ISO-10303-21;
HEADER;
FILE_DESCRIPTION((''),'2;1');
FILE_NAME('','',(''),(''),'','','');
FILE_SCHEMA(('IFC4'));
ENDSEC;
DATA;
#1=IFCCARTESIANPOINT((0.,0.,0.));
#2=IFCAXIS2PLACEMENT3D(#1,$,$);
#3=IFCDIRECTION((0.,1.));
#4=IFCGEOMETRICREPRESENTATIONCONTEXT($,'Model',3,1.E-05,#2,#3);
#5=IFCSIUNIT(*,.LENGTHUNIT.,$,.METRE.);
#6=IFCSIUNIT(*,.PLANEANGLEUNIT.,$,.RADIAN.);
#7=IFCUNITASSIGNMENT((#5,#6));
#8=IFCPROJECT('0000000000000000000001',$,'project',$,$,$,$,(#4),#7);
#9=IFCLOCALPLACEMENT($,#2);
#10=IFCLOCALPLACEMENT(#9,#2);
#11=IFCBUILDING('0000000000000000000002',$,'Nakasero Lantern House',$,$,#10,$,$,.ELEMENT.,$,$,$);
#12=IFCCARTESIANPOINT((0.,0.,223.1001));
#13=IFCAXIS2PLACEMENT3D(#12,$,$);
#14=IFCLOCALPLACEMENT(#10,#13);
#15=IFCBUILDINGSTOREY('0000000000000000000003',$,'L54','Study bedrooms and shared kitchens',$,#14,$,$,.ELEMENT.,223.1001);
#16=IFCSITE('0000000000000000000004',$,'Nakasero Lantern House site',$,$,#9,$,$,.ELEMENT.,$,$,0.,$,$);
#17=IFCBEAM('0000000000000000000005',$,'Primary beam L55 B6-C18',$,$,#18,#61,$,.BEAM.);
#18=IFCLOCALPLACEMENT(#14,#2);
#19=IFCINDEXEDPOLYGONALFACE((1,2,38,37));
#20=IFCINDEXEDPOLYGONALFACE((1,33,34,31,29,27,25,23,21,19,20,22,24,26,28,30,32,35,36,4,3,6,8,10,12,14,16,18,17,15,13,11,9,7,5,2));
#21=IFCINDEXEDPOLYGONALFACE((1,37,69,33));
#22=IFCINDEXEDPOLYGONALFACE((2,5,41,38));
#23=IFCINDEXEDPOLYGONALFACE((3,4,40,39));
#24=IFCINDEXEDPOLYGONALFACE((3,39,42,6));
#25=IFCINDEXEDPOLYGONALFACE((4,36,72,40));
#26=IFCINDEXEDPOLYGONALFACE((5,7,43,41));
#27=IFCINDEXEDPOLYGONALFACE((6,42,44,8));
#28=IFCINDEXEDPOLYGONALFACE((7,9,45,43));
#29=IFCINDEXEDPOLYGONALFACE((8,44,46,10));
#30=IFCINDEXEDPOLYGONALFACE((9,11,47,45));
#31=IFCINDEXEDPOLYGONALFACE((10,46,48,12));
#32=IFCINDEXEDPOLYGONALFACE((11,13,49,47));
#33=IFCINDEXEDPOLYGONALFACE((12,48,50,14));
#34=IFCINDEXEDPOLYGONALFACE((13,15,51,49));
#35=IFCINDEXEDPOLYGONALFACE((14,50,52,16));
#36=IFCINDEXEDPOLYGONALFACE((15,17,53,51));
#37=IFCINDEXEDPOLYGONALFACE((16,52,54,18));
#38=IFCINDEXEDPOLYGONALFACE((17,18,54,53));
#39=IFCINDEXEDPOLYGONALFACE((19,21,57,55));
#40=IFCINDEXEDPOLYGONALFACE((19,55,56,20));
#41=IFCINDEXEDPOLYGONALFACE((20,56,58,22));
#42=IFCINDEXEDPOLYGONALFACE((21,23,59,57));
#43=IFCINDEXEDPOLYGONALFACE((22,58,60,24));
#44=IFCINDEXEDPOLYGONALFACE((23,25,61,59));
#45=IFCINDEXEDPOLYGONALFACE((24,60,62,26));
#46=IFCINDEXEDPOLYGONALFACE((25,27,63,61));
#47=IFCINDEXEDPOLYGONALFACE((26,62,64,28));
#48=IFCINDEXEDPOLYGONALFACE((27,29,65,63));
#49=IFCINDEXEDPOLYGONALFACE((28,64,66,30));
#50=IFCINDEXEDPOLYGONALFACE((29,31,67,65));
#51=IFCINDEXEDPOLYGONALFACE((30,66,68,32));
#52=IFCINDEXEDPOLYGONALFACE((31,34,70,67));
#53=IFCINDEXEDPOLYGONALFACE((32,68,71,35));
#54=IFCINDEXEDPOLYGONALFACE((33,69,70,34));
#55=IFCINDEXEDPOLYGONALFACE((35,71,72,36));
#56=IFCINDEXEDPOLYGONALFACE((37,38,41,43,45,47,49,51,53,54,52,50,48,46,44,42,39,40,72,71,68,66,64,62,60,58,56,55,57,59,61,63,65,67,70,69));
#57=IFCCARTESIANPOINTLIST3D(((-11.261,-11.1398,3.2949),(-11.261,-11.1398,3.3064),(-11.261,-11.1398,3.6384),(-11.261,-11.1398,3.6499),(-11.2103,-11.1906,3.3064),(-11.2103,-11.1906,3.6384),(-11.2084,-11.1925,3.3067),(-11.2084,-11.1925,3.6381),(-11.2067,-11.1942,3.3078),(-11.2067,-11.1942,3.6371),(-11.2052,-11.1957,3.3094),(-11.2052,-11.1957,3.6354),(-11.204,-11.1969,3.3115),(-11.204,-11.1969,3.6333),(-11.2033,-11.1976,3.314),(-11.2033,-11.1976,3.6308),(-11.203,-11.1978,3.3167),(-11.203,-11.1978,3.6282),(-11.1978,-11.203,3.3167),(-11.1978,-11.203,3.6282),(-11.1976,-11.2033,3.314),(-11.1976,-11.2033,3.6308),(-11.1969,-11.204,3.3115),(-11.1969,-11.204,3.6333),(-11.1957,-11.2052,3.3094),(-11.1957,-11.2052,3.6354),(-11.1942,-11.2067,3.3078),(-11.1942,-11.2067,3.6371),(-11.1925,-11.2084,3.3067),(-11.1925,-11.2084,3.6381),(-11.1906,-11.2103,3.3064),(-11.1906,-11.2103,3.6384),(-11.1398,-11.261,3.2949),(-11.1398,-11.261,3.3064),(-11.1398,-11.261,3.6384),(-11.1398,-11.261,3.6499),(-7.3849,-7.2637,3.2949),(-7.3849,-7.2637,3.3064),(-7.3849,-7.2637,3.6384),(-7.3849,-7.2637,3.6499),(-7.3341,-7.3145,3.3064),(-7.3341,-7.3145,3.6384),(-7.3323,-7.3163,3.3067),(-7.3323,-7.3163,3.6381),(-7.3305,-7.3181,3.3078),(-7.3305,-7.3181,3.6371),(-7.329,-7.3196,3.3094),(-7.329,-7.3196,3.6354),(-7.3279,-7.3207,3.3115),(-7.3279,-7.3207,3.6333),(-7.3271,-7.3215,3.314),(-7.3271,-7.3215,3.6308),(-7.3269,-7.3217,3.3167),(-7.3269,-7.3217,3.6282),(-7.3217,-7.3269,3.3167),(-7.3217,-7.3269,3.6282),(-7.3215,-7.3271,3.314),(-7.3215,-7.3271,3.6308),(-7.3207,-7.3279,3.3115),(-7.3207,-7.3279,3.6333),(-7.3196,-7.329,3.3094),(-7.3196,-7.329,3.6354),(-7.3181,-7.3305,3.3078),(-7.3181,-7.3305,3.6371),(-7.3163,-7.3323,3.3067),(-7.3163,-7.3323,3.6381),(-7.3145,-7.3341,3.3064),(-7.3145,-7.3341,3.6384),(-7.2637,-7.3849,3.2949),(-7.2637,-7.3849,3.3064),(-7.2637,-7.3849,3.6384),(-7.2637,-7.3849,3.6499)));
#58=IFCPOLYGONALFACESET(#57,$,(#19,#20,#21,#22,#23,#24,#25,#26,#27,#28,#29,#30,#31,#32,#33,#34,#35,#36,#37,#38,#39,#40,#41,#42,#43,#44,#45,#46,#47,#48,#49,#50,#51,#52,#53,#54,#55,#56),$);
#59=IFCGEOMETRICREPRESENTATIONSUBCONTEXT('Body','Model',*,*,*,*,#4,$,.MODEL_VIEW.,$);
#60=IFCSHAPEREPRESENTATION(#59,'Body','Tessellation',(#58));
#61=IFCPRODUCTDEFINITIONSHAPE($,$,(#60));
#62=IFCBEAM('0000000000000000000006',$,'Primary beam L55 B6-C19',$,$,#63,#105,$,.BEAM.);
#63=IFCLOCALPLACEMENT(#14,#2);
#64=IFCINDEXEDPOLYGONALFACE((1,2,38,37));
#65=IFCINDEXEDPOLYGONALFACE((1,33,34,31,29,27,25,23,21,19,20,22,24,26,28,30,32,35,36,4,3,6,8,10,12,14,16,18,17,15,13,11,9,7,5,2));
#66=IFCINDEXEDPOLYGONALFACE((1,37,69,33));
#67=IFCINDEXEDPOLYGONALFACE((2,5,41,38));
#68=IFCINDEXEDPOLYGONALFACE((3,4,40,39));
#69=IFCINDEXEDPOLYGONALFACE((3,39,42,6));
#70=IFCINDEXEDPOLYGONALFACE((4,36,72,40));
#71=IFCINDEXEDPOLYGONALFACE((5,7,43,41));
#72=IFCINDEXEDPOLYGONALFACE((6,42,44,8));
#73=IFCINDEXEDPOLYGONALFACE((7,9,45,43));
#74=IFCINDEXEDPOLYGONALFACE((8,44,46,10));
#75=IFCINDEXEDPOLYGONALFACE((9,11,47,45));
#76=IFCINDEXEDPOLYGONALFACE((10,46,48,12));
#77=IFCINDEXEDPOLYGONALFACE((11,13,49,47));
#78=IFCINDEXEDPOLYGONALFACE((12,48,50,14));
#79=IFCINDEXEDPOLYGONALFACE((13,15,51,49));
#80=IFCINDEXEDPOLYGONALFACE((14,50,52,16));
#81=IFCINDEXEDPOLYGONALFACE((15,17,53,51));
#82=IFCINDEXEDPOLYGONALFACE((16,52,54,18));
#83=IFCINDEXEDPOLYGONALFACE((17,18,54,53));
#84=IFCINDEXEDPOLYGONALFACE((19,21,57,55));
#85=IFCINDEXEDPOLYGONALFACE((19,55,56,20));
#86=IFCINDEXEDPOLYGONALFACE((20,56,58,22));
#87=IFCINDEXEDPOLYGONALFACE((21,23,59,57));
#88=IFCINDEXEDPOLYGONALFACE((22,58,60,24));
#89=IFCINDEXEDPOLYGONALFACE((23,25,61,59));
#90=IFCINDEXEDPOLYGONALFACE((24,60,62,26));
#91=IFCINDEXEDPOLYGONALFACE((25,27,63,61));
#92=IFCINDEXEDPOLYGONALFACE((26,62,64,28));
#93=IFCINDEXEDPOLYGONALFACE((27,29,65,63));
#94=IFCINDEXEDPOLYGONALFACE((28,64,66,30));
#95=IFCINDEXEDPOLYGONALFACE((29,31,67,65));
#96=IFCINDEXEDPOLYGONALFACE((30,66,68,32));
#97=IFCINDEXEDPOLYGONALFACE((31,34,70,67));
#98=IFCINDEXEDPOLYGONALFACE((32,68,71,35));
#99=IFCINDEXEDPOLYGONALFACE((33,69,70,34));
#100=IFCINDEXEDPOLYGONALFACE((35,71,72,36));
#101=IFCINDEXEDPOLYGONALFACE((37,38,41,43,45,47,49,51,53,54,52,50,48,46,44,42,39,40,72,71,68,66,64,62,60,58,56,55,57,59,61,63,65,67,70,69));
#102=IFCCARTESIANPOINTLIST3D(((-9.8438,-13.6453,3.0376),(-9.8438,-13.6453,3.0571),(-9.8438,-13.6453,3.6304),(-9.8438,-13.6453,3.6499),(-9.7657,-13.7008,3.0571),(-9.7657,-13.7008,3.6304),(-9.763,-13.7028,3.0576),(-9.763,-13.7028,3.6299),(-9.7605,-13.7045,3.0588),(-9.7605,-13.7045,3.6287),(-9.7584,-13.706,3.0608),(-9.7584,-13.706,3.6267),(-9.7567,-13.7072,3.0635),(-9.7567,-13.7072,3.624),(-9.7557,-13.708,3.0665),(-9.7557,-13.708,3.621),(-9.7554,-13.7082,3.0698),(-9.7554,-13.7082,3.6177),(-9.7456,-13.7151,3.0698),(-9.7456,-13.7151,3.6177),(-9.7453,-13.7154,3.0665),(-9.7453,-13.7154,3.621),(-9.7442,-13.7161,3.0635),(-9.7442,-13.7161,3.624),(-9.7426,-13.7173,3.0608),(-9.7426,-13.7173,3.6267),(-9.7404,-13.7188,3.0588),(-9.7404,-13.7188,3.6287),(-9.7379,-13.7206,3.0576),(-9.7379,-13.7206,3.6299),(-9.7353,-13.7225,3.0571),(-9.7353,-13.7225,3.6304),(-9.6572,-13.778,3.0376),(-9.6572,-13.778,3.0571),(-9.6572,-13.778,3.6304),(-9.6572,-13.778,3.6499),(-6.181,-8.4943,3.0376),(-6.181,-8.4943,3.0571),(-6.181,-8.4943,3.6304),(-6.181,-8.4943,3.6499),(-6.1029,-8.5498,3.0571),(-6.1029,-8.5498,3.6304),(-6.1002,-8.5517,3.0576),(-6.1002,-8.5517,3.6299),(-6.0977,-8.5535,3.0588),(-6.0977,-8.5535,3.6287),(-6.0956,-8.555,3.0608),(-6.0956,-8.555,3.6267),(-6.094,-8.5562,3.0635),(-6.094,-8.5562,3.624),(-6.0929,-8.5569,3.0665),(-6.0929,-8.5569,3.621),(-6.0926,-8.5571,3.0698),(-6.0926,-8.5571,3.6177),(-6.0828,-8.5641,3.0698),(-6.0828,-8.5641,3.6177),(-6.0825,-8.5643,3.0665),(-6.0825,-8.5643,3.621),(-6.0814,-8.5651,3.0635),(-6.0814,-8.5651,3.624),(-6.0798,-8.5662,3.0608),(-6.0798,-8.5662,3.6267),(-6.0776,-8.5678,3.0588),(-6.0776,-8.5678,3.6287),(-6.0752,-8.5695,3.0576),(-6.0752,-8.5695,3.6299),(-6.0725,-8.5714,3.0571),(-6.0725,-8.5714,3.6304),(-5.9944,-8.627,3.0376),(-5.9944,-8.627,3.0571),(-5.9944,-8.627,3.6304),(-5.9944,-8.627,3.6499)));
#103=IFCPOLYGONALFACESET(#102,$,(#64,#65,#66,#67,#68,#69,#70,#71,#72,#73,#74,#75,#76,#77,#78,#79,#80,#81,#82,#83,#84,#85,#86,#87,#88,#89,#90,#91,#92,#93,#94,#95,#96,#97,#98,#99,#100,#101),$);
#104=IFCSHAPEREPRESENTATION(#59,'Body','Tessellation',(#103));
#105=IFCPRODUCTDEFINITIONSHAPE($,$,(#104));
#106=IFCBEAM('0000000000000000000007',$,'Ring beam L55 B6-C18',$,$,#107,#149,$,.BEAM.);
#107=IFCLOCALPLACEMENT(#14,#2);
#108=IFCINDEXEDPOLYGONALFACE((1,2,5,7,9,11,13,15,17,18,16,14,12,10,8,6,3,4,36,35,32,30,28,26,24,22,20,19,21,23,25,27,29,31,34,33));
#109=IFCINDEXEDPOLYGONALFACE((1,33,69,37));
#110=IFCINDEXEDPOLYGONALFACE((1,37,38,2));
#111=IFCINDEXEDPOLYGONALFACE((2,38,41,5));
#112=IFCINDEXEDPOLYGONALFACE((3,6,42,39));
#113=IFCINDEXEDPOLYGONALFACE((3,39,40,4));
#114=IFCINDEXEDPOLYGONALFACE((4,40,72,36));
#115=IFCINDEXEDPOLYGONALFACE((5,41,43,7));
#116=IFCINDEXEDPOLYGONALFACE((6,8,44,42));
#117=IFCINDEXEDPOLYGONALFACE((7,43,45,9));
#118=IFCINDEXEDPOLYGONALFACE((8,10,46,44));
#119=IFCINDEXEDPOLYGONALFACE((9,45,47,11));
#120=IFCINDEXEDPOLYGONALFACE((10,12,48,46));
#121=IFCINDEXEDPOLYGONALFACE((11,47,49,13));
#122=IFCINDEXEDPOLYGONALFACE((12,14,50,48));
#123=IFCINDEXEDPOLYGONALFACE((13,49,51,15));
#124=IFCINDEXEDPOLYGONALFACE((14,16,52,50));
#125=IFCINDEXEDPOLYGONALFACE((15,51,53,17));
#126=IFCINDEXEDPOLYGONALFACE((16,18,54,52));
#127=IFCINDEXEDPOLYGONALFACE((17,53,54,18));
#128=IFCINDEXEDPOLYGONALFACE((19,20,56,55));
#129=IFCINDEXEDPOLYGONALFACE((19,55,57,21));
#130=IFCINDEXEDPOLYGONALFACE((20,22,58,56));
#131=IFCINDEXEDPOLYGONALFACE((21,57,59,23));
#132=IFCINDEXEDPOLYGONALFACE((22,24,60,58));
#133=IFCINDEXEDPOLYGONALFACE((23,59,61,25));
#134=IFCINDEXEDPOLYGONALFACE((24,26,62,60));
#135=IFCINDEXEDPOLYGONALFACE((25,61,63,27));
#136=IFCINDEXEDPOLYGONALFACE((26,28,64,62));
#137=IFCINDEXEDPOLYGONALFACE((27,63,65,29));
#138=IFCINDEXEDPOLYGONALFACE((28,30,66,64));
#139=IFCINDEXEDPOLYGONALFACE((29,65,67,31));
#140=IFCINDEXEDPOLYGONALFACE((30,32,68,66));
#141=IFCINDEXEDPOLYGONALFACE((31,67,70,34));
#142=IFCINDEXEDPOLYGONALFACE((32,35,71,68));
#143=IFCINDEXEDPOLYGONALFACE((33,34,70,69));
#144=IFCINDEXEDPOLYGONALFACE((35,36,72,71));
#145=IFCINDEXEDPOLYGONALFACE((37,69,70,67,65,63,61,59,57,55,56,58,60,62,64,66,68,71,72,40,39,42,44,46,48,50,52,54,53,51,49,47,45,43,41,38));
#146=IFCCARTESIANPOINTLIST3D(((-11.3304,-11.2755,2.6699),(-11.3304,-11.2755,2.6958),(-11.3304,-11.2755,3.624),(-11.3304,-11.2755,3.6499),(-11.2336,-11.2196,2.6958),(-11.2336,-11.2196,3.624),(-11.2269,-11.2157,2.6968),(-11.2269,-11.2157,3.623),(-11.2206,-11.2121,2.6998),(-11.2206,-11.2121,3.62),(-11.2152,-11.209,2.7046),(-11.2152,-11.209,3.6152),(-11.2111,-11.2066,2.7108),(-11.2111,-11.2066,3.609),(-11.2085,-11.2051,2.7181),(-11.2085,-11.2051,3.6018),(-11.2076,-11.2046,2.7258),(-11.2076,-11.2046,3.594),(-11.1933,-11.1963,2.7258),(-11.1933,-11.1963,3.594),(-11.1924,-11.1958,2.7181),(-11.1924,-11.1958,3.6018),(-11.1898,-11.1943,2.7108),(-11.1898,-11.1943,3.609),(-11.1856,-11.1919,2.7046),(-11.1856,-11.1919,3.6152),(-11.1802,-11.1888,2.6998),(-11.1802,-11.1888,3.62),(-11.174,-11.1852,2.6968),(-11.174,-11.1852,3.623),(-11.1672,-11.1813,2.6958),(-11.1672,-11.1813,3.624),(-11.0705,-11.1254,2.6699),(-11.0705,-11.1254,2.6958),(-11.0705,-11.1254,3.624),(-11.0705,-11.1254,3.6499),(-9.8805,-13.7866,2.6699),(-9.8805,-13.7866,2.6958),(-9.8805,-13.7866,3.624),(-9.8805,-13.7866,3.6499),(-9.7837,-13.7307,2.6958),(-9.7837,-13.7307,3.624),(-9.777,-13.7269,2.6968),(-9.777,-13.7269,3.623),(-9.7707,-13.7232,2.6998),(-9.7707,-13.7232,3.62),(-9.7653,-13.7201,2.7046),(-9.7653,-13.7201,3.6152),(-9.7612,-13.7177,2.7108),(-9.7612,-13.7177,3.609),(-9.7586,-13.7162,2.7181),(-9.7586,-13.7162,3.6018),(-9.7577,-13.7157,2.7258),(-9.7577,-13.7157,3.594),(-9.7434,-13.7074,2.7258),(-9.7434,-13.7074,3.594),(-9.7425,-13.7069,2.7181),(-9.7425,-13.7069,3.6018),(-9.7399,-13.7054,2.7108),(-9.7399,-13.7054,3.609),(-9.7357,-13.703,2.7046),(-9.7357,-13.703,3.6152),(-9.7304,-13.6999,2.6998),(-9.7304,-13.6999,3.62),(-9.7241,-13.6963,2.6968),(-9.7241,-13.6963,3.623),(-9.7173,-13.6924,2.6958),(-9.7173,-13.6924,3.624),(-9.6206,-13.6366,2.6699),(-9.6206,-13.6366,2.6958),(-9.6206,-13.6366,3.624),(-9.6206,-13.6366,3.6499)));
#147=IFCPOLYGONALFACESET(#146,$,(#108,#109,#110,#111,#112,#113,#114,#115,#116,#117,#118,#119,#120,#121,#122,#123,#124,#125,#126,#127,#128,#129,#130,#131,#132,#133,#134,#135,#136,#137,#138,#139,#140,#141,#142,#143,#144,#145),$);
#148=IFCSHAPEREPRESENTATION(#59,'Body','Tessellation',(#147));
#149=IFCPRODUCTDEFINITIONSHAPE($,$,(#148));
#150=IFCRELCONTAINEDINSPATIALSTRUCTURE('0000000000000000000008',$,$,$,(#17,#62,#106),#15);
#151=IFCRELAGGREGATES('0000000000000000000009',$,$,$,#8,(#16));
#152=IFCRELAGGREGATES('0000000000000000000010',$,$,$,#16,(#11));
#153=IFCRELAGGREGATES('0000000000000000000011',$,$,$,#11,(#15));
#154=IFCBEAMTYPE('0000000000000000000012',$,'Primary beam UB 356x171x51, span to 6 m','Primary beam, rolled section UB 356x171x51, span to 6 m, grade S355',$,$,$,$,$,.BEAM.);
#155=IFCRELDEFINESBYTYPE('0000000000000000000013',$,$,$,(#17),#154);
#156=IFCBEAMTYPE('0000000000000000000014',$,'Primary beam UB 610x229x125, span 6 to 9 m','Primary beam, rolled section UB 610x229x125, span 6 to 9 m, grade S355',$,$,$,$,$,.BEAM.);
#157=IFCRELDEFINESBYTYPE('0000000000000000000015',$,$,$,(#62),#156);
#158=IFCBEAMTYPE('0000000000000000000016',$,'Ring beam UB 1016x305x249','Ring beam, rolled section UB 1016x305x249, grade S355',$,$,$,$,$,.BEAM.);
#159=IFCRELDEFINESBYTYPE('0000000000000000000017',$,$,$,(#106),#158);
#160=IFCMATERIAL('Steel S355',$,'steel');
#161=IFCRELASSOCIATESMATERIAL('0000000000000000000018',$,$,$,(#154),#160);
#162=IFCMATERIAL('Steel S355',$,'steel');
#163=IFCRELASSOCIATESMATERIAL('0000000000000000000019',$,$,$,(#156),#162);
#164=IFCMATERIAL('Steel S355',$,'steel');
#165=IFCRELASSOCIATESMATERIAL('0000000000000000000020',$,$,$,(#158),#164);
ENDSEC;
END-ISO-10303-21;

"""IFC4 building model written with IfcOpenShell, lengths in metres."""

from ifc_helpers import new_model, si_unit, direction, frame, origin, origin_2d, place, context, subcontext, project, spatial, i_section, extrude, material, material_profile, profile_set, type_object, element, save


model = new_model("IFC4")

# Units and contexts
model_context = context("Model", 3, precision=1e-05, world=origin(), true_north=direction((0.0, 1.0)))
body_context = subcontext(model_context, "Body", "Model", "MODEL_VIEW")
ifc_project = project(units=[si_unit("LENGTHUNIT", "METRE"), si_unit("PLANEANGLEUNIT", "RADIAN")], contexts=[model_context])

# Site, building, storey
site_placement = place(None, origin())
site = spatial("IfcSite", under=ifc_project, at=site_placement, Name="Nakasero Lantern House site", CompositionType="ELEMENT", RefElevation=0.0)
building_placement = place(site_placement, origin())
building = spatial("IfcBuilding", under=site, at=building_placement, Name="Nakasero Lantern House", CompositionType="ELEMENT")
storey_placement = place(building_placement, frame((0.0, 0.0, 223.1001)))
storey = spatial("IfcBuildingStorey", under=building, at=storey_placement, Name="L54", Description="Study bedrooms and shared kitchens", CompositionType="ELEMENT", Elevation=223.1001)

# Beams
ifc_material_1 = material(Name="Steel S355", Category="steel")
ifc_material_profile_1 = material_profile(ifc_material_1, i_section(OverallWidth=0.1714, OverallDepth=0.355, WebThickness=0.0073, FlangeThickness=0.0115, FilletRadius=0.0103, at=origin_2d()), Name="UB 356x171x51")
ifc_profile_set_1 = profile_set([ifc_material_profile_1], Name="Steel S355")
beam_type_1 = type_object("IfcBeamType", Name="Primary beam UB 356x171x51, span to 6 m", Description="Primary beam, rolled section UB 356x171x51, span to 6 m, grade S355", PredefinedType="BEAM", material=ifc_profile_set_1)
beam_1_placement = place(storey_placement, frame((-11.2004, -11.2004, 3.4724), z_axis=(0.707107, 0.707107, 0.0), x_axis=(-0.707107, 0.707107, 0.0)))
element("IfcBeam", 1, at=beam_1_placement, inside=storey, type_object=beam_type_1, Name="Primary beam L55 B6-C18", PredefinedType="BEAM", context=body_context, shape_type="SweptSolid", body=[
    extrude(i_section(OverallWidth=0.1714, OverallDepth=0.355, WebThickness=0.0073, FlangeThickness=0.0115, FilletRadius=0.0103, at=origin_2d()), origin(), (0.0, 0.0, 1.0), 5.4817),
])
ifc_material_2 = material(Name="Steel S355", Category="steel")
ifc_material_profile_2 = material_profile(ifc_material_2, i_section(OverallWidth=0.229, OverallDepth=0.6123, WebThickness=0.012, FlangeThickness=0.0195, FilletRadius=0.0127, at=origin_2d()), Name="UB 610x229x125")
ifc_profile_set_2 = profile_set([ifc_material_profile_2], Name="Steel S355")
beam_type_2 = type_object("IfcBeamType", Name="Primary beam UB 610x229x125, span 6 to 9 m", Description="Primary beam, rolled section UB 610x229x125, span 6 to 9 m, grade S355", PredefinedType="BEAM", material=ifc_profile_set_2)
beam_2_placement = place(storey_placement, frame((-9.7505, -13.7117, 3.3438), z_axis=(0.579505, 0.814969, 0.0), x_axis=(-0.814969, 0.579505, 0.0)))
element("IfcBeam", 2, at=beam_2_placement, inside=storey, type_object=beam_type_2, Name="Primary beam L55 B6-C19", PredefinedType="BEAM", context=body_context, shape_type="SweptSolid", body=[
    extrude(i_section(OverallWidth=0.229, OverallDepth=0.6123, WebThickness=0.012, FlangeThickness=0.0195, FilletRadius=0.0127, at=origin_2d()), origin(), (0.0, 0.0, 1.0), 6.3206),
])
ifc_material_3 = material(Name="Steel S355", Category="steel")
ifc_material_profile_3 = material_profile(ifc_material_3, i_section(OverallWidth=0.3, OverallDepth=0.98, WebThickness=0.0166, FlangeThickness=0.0259, FilletRadius=0.03, at=origin_2d()), Name="UB 1016x305x249")
ifc_profile_set_3 = profile_set([ifc_material_profile_3], Name="Steel S355")
beam_type_3 = type_object("IfcBeamType", Name="Ring beam UB 1016x305x249", Description="Ring beam, rolled section UB 1016x305x249, grade S355", PredefinedType="BEAM", material=ifc_profile_set_3)
beam_3_placement = place(storey_placement, frame((-11.2004, -11.2004, 3.1599), z_axis=(0.500024, -0.866012, 0.0), x_axis=(0.866012, 0.500024, 0.0)))
element("IfcBeam", 3, at=beam_3_placement, inside=storey, type_object=beam_type_3, Name="Ring beam L55 B6-C18", PredefinedType="BEAM", context=body_context, shape_type="SweptSolid", body=[
    extrude(i_section(OverallWidth=0.3, OverallDepth=0.98, WebThickness=0.0166, FlangeThickness=0.0259, FilletRadius=0.03, at=origin_2d()), origin(), (0.0, 0.0, 1.0), 2.8997),
])

save(model, "model.ifc")
